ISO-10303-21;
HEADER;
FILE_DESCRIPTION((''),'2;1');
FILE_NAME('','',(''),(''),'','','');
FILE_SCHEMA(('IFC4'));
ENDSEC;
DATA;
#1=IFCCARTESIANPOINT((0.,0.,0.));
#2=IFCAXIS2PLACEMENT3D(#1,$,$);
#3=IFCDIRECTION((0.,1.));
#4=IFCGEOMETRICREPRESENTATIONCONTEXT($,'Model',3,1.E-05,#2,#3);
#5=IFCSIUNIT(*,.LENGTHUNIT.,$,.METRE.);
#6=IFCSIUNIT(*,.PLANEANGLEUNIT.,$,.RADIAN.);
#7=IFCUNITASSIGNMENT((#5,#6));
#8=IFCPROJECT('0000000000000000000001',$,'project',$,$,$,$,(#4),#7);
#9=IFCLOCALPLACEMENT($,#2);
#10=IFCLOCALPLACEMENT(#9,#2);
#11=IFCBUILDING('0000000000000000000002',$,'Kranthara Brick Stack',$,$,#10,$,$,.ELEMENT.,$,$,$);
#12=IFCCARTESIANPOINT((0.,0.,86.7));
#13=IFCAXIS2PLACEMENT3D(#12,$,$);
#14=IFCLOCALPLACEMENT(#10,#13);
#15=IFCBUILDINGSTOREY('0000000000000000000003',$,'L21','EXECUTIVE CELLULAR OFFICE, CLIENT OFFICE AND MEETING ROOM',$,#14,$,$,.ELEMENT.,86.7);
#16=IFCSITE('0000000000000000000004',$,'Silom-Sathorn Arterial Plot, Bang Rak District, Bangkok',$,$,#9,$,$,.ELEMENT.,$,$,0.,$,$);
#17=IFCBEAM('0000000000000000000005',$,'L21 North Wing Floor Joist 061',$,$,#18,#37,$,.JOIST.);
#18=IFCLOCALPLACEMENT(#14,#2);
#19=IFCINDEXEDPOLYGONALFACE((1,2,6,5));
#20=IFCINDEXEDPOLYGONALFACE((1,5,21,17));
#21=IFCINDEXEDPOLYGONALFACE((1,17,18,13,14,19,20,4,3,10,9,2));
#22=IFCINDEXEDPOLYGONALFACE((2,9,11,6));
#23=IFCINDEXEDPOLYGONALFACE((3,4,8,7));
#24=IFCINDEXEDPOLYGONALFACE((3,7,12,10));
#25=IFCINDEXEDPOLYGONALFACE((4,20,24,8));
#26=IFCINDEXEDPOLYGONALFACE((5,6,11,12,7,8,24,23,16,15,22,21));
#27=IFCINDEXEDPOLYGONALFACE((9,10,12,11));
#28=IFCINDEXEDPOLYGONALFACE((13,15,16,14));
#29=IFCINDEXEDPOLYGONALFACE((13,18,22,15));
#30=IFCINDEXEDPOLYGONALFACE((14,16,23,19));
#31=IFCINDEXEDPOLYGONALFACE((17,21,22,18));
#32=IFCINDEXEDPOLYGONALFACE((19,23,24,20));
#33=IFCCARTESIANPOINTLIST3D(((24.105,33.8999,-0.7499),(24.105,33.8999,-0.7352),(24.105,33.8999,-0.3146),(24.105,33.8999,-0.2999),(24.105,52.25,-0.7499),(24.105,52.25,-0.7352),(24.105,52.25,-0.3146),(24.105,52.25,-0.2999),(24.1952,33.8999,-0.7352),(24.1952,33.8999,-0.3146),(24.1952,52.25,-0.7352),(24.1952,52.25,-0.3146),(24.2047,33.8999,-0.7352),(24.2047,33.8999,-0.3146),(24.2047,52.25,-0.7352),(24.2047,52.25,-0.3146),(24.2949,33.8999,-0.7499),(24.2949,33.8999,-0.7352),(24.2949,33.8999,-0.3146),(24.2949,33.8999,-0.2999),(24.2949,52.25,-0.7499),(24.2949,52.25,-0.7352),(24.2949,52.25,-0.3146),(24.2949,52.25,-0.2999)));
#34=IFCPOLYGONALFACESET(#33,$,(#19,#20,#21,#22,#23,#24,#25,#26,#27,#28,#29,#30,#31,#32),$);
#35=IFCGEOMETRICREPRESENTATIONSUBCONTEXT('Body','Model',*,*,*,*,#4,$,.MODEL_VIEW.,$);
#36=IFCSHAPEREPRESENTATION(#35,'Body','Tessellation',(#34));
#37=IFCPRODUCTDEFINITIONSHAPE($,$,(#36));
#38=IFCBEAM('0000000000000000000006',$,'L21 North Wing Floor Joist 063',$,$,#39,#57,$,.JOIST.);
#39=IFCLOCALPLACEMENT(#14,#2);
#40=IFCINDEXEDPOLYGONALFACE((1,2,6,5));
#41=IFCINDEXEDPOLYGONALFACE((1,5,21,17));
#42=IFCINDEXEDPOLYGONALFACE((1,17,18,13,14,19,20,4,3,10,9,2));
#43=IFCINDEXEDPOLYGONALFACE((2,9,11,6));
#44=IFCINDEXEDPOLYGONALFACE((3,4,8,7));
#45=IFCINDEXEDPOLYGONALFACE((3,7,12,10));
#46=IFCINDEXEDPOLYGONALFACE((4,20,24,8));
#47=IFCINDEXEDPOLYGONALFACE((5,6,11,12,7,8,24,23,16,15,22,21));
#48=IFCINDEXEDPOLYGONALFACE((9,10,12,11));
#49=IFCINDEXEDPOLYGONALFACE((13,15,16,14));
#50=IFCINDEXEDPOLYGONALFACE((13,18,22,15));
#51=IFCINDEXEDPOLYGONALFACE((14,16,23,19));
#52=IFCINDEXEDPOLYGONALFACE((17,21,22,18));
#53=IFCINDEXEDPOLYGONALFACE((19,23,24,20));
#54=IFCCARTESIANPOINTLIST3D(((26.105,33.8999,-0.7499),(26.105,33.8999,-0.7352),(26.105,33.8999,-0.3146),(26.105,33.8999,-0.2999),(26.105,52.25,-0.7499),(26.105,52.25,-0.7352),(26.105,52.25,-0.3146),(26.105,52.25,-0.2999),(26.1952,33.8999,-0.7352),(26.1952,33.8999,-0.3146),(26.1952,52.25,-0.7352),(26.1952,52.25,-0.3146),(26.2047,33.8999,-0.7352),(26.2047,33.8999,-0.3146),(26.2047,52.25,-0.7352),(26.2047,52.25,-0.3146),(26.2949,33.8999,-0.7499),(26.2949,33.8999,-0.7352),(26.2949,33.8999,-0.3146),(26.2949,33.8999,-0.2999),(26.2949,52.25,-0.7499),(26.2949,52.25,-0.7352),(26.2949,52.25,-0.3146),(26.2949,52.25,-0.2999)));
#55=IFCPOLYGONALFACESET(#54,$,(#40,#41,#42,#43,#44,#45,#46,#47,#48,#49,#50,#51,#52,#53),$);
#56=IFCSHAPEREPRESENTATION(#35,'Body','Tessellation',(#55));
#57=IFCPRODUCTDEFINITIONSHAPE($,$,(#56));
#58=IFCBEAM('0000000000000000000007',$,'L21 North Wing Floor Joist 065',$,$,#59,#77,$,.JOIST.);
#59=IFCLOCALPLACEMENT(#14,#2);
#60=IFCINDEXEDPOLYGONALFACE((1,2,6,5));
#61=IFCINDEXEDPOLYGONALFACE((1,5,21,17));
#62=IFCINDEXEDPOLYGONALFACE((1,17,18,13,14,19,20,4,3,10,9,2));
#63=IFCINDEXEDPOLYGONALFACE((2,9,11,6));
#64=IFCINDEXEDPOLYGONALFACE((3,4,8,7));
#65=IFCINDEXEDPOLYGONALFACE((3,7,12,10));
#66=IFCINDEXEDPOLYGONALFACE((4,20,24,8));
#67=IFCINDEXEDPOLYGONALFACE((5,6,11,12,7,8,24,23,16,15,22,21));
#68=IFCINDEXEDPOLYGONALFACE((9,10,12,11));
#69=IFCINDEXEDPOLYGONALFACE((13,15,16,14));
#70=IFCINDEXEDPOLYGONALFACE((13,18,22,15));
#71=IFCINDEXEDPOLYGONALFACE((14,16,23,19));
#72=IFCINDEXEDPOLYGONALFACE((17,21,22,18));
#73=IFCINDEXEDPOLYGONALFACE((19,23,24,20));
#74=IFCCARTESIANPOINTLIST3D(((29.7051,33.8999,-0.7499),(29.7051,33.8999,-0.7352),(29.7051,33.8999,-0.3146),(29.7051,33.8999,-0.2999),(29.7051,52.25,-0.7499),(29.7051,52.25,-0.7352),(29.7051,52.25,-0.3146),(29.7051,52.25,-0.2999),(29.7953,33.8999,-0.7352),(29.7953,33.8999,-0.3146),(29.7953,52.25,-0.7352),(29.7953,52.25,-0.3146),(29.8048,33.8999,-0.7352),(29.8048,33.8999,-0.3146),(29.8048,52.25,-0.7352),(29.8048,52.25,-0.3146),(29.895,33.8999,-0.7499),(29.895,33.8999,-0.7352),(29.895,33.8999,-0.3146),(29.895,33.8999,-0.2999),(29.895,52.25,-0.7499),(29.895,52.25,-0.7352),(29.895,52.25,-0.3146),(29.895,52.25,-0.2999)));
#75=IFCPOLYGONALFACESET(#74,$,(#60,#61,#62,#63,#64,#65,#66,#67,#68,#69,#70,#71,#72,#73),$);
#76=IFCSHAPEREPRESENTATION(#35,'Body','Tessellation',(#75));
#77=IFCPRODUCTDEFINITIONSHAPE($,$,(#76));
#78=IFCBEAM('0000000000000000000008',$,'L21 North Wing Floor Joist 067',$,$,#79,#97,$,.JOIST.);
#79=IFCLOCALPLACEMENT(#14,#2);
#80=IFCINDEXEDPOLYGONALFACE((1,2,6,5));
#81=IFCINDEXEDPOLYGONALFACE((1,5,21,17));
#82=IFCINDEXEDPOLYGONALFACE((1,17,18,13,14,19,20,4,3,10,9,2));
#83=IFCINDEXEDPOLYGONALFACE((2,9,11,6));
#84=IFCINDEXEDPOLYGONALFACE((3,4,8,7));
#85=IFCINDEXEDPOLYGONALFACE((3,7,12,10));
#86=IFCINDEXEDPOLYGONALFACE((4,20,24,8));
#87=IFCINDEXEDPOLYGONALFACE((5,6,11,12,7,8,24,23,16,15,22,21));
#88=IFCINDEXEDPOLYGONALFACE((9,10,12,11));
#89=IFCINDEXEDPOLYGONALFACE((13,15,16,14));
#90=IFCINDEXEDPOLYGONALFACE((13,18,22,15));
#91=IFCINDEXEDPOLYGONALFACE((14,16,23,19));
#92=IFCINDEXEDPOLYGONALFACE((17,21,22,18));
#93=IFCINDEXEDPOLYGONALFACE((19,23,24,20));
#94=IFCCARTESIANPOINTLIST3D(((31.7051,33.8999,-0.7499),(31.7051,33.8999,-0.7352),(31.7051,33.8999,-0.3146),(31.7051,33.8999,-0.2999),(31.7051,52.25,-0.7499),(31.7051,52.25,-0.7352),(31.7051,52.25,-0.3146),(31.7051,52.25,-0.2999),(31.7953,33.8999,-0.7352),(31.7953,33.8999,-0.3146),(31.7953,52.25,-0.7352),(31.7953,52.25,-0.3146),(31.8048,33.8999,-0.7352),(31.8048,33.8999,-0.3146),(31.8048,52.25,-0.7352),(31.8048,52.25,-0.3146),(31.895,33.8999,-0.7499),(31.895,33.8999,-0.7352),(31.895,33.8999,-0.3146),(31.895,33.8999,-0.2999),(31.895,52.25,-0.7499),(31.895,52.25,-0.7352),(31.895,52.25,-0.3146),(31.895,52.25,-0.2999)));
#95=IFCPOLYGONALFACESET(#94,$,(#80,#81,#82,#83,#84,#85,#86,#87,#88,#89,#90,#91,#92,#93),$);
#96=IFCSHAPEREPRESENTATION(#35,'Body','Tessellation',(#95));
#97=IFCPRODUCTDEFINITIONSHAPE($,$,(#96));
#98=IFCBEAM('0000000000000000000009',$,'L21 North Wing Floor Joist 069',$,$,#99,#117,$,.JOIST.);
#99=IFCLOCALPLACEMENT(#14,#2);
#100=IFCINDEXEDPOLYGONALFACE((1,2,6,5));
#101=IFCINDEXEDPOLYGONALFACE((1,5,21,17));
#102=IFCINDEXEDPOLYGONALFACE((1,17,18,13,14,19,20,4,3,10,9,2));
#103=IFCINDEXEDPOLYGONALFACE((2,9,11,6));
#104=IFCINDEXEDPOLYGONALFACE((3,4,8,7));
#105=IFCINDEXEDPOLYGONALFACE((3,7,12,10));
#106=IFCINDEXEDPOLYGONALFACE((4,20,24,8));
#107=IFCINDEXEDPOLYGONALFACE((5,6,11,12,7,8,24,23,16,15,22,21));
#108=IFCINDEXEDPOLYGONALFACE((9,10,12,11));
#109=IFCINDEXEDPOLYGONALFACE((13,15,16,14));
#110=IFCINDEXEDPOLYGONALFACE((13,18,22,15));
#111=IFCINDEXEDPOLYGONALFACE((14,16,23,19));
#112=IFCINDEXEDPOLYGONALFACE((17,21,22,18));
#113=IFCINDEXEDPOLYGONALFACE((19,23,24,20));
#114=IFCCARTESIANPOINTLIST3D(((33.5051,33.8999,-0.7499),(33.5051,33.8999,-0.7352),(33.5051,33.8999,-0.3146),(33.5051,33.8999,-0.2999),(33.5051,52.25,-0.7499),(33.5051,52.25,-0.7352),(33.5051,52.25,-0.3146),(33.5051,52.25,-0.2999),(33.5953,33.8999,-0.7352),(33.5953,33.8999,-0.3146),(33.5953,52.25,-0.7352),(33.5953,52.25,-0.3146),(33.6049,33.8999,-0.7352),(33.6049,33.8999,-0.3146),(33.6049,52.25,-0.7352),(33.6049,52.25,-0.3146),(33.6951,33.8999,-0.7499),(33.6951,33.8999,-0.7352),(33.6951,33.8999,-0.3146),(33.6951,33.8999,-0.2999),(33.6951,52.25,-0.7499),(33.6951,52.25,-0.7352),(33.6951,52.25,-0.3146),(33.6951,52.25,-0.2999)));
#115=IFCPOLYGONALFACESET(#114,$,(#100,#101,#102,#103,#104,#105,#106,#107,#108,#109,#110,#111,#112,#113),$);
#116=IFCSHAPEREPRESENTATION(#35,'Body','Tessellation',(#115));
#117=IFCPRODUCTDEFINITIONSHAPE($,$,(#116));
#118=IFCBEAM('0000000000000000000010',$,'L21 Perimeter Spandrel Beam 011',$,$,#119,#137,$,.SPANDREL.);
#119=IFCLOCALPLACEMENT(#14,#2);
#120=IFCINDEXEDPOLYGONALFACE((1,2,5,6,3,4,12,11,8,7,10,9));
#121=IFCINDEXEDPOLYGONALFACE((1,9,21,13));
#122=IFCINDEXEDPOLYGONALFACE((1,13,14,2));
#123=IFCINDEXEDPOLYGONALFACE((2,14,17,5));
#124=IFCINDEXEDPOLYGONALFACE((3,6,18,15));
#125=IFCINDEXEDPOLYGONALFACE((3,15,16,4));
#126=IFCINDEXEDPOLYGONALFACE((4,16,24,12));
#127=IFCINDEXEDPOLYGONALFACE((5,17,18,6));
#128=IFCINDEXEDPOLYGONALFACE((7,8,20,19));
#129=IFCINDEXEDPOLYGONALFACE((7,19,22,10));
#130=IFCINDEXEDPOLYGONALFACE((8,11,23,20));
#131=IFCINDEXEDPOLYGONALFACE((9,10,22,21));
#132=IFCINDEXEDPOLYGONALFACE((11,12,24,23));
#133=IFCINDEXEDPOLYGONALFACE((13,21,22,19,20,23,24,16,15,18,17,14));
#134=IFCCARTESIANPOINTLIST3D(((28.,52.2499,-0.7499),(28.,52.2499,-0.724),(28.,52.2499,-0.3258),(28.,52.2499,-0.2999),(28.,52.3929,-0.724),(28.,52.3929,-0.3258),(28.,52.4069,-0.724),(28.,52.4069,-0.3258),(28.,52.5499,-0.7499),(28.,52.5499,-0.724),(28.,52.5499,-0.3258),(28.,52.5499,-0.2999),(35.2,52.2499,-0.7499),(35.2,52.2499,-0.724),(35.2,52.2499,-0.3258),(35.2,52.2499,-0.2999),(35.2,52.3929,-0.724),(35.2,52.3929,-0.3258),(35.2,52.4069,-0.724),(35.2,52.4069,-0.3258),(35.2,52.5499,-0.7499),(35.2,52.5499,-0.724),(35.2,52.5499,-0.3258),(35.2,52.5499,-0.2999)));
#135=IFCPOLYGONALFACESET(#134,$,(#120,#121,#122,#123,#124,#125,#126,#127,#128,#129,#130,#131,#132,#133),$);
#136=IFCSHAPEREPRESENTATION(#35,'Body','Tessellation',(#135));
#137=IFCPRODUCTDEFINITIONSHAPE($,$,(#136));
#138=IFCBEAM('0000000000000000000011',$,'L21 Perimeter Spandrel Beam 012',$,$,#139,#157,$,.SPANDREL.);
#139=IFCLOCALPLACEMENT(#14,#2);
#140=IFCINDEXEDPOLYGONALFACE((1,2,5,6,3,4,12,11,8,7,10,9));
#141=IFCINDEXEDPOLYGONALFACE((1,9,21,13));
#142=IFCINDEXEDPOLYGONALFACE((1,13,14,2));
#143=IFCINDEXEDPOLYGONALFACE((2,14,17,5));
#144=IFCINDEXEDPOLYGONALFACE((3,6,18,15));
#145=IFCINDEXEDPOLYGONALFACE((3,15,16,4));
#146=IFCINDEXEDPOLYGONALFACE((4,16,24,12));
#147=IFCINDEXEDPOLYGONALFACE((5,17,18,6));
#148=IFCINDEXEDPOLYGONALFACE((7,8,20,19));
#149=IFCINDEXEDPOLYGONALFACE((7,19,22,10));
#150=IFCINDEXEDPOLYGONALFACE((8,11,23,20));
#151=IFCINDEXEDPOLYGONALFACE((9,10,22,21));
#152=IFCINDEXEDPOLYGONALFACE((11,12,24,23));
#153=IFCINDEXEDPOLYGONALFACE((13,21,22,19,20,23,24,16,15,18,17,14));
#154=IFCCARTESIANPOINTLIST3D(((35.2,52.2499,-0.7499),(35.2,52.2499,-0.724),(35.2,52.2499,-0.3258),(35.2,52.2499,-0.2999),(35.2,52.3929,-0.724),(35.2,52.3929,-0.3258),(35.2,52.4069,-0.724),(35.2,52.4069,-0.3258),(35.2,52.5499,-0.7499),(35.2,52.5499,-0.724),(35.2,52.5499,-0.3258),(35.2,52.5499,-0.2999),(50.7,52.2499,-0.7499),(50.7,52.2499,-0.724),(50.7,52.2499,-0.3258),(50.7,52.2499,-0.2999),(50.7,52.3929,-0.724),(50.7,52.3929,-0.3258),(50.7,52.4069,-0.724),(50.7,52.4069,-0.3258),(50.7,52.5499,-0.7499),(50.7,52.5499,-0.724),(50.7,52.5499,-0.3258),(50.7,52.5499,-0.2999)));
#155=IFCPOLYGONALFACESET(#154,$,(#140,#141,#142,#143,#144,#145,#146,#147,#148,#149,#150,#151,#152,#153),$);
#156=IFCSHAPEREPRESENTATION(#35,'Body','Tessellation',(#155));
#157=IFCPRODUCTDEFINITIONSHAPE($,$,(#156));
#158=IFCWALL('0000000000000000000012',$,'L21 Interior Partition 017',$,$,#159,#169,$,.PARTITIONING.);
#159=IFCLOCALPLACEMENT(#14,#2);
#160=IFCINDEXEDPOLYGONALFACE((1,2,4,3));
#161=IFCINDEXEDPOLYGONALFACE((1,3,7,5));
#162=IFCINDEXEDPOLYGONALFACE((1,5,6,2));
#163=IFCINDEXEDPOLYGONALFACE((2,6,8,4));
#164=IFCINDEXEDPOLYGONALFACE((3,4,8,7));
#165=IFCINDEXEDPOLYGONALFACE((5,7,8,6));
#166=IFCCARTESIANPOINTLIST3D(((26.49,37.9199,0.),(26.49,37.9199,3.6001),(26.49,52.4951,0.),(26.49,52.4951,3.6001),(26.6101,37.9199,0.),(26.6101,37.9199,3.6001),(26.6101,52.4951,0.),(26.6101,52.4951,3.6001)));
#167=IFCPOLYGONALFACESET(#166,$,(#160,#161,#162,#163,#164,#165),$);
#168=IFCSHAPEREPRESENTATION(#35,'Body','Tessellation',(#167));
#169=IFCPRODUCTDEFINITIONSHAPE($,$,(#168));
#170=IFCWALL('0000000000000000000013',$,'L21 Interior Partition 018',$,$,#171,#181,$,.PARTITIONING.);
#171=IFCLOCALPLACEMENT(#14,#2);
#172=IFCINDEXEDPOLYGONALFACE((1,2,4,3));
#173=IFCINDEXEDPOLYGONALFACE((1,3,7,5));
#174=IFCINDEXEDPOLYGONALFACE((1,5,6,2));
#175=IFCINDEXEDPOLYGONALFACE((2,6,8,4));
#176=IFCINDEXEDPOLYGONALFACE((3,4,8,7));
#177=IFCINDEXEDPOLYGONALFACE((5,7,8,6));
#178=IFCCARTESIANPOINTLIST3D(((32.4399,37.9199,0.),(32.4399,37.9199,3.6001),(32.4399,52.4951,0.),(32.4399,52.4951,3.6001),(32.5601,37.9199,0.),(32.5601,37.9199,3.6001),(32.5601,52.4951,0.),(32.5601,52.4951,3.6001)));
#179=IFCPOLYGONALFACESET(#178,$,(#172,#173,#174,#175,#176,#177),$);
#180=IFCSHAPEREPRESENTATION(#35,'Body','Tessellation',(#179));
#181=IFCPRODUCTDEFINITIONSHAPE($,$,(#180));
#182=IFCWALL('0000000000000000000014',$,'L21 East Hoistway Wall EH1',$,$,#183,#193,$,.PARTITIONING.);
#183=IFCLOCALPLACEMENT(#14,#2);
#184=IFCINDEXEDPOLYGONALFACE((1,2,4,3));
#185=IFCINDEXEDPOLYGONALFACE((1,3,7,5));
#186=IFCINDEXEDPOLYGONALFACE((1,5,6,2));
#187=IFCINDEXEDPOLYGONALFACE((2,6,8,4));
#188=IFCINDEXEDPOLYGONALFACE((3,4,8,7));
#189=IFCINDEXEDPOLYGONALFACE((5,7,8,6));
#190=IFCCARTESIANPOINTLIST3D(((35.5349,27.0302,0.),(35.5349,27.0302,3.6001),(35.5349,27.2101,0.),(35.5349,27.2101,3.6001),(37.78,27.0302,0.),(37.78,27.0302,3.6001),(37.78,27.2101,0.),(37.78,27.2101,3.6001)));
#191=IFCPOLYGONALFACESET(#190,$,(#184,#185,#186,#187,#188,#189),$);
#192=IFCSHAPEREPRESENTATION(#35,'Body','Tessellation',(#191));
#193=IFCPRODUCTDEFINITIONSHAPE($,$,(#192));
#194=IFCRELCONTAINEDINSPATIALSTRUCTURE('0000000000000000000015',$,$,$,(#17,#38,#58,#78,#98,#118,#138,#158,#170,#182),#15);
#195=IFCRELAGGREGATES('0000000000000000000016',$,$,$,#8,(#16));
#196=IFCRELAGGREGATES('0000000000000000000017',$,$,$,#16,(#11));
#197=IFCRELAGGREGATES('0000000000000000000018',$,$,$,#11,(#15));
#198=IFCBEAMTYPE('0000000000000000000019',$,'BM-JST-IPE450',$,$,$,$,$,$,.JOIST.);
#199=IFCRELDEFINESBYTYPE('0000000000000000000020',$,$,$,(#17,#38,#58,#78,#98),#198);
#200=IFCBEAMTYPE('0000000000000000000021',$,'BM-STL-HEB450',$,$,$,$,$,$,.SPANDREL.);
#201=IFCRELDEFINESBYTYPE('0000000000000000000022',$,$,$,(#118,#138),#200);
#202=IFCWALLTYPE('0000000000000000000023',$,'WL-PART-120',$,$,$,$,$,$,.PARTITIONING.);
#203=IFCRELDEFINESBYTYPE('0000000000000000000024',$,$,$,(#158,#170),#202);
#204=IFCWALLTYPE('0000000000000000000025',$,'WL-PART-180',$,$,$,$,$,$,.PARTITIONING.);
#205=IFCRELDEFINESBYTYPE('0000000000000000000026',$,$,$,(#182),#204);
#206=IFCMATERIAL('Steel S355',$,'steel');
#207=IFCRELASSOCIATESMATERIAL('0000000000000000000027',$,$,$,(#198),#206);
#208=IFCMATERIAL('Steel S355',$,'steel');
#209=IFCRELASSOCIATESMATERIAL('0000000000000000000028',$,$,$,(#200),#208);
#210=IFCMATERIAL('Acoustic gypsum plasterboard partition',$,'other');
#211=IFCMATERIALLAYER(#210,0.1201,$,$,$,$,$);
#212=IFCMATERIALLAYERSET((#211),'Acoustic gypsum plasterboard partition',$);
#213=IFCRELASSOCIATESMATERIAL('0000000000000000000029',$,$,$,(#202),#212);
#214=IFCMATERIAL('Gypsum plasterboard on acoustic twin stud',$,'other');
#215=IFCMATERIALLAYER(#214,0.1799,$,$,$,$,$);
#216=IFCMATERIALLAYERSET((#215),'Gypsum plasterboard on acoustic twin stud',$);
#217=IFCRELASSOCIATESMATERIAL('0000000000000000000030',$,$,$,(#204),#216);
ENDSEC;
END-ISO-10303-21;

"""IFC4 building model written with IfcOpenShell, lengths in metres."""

from ifc_helpers import new_model, si_unit, direction, frame, frame_2d, origin, origin_2d, place, context, subcontext, project, spatial, rectangle, i_section, extrude, material, layer, layer_set, material_profile, profile_set, type_object, element, save


model = new_model("IFC4")

# Units and contexts
model_context = context("Model", 3, precision=1e-05, world=origin(), true_north=direction((0.0, 1.0)))
body_context = subcontext(model_context, "Body", "Model", "MODEL_VIEW")
ifc_project = project(units=[si_unit("LENGTHUNIT", "METRE"), si_unit("PLANEANGLEUNIT", "RADIAN")], contexts=[model_context])

# Site, building, storey
site_placement = place(None, origin())
site = spatial("IfcSite", under=ifc_project, at=site_placement, Name="Silom-Sathorn Arterial Plot, Bang Rak District, Bangkok", CompositionType="ELEMENT", RefElevation=0.0)
building_placement = place(site_placement, origin())
building = spatial("IfcBuilding", under=site, at=building_placement, Name="Kranthara Brick Stack", CompositionType="ELEMENT")
storey_placement = place(building_placement, frame((0.0, 0.0, 86.7)))
storey = spatial("IfcBuildingStorey", under=building, at=storey_placement, Name="L21", Description="EXECUTIVE CELLULAR OFFICE, CLIENT OFFICE AND MEETING ROOM", CompositionType="ELEMENT", Elevation=86.7)

# Beams
ifc_material_1 = material(Name="Steel S355", Category="steel")
ifc_material_profile_1 = material_profile(ifc_material_1, i_section(OverallWidth=0.1899, OverallDepth=0.45, WebThickness=0.0095, FlangeThickness=0.0146, at=origin_2d()), Name="IPE 450")
ifc_profile_set_1 = profile_set([ifc_material_profile_1], Name="Steel S355")
beam_type_1 = type_object("IfcBeamType", Name="BM-JST-IPE450", PredefinedType="JOIST", material=ifc_profile_set_1)
for number, where, z_axis, x_axis, name in (
    (1, (24.2, 33.8999, -0.5249), (0.0, 1.0, 0.0), (-1.0, 0.0, 0.0), "L21 North Wing Floor Joist 061"),
    (2, (26.2, 33.8999, -0.5249), (0.0, 1.0, 0.0), (-1.0, 0.0, 0.0), "L21 North Wing Floor Joist 063"),
    (3, (29.8, 33.8999, -0.5249), (0.0, 1.0, 0.0), (-1.0, 0.0, 0.0), "L21 North Wing Floor Joist 065"),
    (4, (31.8, 33.8999, -0.5249), (0.0, 1.0, 0.0), (-1.0, 0.0, 0.0), "L21 North Wing Floor Joist 067"),
    (5, (33.6001, 33.8999, -0.5249), (0.0, 1.0, 0.0), (-1.0, 0.0, 0.0), "L21 North Wing Floor Joist 069"),
):
    element("IfcBeam", number, at=place(storey_placement, frame(where, z_axis=z_axis, x_axis=x_axis)), inside=storey, type_object=beam_type_1, Name=name, PredefinedType="JOIST", context=body_context, shape_type="SweptSolid", body=[
        extrude(i_section(OverallWidth=0.1899, OverallDepth=0.45, WebThickness=0.0095, FlangeThickness=0.0146, at=origin_2d()), origin(), (0.0, 0.0, 1.0), 18.3501),
    ])
ifc_material_2 = material(Name="Steel S355", Category="steel")
ifc_material_profile_2 = material_profile(ifc_material_2, i_section(OverallWidth=0.3, OverallDepth=0.45, WebThickness=0.0139, FlangeThickness=0.0259, at=origin_2d()), Name="HEB 450")
ifc_profile_set_2 = profile_set([ifc_material_profile_2], Name="Steel S355")
beam_type_2 = type_object("IfcBeamType", Name="BM-STL-HEB450", PredefinedType="SPANDREL", material=ifc_profile_set_2)
beam_1_placement = place(storey_placement, frame((28.0, 52.3999, -0.5249), z_axis=(1.0, 0.0, 0.0), x_axis=(0.0, 1.0, 0.0)))
element("IfcBeam", 6, at=beam_1_placement, inside=storey, type_object=beam_type_2, Name="L21 Perimeter Spandrel Beam 011", PredefinedType="SPANDREL", context=body_context, shape_type="SweptSolid", body=[
    extrude(i_section(OverallWidth=0.3, OverallDepth=0.45, WebThickness=0.0139, FlangeThickness=0.0259, at=origin_2d()), origin(), (0.0, 0.0, 1.0), 7.2),
])
beam_2_placement = place(storey_placement, frame((35.2, 52.3999, -0.5249), z_axis=(1.0, 0.0, 0.0), x_axis=(0.0, 1.0, 0.0)))
element("IfcBeam", 7, at=beam_2_placement, inside=storey, type_object=beam_type_2, Name="L21 Perimeter Spandrel Beam 012", PredefinedType="SPANDREL", context=body_context, shape_type="SweptSolid", body=[
    extrude(i_section(OverallWidth=0.3, OverallDepth=0.45, WebThickness=0.0139, FlangeThickness=0.0259, at=origin_2d()), origin(), (0.0, 0.0, 1.0), 15.5),
])

# Walls
ifc_material_3 = material(Name="Acoustic gypsum plasterboard partition", Category="other")
ifc_layer_1 = layer(ifc_material_3, 0.1201)
ifc_layer_set_1 = layer_set([ifc_layer_1], Name="Acoustic gypsum plasterboard partition")
wall_type_1 = type_object("IfcWallType", Name="WL-PART-120", PredefinedType="PARTITIONING", material=ifc_layer_set_1)
for number, where, z_axis, x_axis, name in (
    (8, (26.55, 37.9199, 0.0), (0.0, 0.0, 1.0), (0.0, 1.0, 0.0), "L21 Interior Partition 017"),
    (9, (32.5, 37.9199, 0.0), (0.0, 0.0, 1.0), (0.0, 1.0, 0.0), "L21 Interior Partition 018"),
):
    element("IfcWall", number, at=place(storey_placement, frame(where, z_axis=z_axis, x_axis=x_axis)), inside=storey, type_object=wall_type_1, Name=name, PredefinedType="PARTITIONING", context=body_context, shape_type="SweptSolid", body=[
        extrude(rectangle(XDim=14.5752, YDim=0.1201, at=frame_2d((7.2876, 0.0))), origin(), (0.0, 0.0, 1.0), 3.6001),
    ])
ifc_material_4 = material(Name="Gypsum plasterboard on acoustic twin stud", Category="other")
ifc_layer_2 = layer(ifc_material_4, 0.1799)
ifc_layer_set_2 = layer_set([ifc_layer_2], Name="Gypsum plasterboard on acoustic twin stud")
wall_type_2 = type_object("IfcWallType", Name="WL-PART-180", PredefinedType="PARTITIONING", material=ifc_layer_set_2)
wall_placement = place(storey_placement, frame((35.5349, 27.1201, 0.0), z_axis=(0.0, 0.0, 1.0), x_axis=(1.0, 0.0, 0.0)))
element("IfcWall", 10, at=wall_placement, inside=storey, type_object=wall_type_2, Name="L21 East Hoistway Wall EH1", PredefinedType="PARTITIONING", context=body_context, shape_type="SweptSolid", body=[
    extrude(rectangle(XDim=2.2451, YDim=0.1799, at=frame_2d((1.1226, 0.0))), origin(), (0.0, 0.0, 1.0), 3.6001),
])

save(model, "model.ifc")
